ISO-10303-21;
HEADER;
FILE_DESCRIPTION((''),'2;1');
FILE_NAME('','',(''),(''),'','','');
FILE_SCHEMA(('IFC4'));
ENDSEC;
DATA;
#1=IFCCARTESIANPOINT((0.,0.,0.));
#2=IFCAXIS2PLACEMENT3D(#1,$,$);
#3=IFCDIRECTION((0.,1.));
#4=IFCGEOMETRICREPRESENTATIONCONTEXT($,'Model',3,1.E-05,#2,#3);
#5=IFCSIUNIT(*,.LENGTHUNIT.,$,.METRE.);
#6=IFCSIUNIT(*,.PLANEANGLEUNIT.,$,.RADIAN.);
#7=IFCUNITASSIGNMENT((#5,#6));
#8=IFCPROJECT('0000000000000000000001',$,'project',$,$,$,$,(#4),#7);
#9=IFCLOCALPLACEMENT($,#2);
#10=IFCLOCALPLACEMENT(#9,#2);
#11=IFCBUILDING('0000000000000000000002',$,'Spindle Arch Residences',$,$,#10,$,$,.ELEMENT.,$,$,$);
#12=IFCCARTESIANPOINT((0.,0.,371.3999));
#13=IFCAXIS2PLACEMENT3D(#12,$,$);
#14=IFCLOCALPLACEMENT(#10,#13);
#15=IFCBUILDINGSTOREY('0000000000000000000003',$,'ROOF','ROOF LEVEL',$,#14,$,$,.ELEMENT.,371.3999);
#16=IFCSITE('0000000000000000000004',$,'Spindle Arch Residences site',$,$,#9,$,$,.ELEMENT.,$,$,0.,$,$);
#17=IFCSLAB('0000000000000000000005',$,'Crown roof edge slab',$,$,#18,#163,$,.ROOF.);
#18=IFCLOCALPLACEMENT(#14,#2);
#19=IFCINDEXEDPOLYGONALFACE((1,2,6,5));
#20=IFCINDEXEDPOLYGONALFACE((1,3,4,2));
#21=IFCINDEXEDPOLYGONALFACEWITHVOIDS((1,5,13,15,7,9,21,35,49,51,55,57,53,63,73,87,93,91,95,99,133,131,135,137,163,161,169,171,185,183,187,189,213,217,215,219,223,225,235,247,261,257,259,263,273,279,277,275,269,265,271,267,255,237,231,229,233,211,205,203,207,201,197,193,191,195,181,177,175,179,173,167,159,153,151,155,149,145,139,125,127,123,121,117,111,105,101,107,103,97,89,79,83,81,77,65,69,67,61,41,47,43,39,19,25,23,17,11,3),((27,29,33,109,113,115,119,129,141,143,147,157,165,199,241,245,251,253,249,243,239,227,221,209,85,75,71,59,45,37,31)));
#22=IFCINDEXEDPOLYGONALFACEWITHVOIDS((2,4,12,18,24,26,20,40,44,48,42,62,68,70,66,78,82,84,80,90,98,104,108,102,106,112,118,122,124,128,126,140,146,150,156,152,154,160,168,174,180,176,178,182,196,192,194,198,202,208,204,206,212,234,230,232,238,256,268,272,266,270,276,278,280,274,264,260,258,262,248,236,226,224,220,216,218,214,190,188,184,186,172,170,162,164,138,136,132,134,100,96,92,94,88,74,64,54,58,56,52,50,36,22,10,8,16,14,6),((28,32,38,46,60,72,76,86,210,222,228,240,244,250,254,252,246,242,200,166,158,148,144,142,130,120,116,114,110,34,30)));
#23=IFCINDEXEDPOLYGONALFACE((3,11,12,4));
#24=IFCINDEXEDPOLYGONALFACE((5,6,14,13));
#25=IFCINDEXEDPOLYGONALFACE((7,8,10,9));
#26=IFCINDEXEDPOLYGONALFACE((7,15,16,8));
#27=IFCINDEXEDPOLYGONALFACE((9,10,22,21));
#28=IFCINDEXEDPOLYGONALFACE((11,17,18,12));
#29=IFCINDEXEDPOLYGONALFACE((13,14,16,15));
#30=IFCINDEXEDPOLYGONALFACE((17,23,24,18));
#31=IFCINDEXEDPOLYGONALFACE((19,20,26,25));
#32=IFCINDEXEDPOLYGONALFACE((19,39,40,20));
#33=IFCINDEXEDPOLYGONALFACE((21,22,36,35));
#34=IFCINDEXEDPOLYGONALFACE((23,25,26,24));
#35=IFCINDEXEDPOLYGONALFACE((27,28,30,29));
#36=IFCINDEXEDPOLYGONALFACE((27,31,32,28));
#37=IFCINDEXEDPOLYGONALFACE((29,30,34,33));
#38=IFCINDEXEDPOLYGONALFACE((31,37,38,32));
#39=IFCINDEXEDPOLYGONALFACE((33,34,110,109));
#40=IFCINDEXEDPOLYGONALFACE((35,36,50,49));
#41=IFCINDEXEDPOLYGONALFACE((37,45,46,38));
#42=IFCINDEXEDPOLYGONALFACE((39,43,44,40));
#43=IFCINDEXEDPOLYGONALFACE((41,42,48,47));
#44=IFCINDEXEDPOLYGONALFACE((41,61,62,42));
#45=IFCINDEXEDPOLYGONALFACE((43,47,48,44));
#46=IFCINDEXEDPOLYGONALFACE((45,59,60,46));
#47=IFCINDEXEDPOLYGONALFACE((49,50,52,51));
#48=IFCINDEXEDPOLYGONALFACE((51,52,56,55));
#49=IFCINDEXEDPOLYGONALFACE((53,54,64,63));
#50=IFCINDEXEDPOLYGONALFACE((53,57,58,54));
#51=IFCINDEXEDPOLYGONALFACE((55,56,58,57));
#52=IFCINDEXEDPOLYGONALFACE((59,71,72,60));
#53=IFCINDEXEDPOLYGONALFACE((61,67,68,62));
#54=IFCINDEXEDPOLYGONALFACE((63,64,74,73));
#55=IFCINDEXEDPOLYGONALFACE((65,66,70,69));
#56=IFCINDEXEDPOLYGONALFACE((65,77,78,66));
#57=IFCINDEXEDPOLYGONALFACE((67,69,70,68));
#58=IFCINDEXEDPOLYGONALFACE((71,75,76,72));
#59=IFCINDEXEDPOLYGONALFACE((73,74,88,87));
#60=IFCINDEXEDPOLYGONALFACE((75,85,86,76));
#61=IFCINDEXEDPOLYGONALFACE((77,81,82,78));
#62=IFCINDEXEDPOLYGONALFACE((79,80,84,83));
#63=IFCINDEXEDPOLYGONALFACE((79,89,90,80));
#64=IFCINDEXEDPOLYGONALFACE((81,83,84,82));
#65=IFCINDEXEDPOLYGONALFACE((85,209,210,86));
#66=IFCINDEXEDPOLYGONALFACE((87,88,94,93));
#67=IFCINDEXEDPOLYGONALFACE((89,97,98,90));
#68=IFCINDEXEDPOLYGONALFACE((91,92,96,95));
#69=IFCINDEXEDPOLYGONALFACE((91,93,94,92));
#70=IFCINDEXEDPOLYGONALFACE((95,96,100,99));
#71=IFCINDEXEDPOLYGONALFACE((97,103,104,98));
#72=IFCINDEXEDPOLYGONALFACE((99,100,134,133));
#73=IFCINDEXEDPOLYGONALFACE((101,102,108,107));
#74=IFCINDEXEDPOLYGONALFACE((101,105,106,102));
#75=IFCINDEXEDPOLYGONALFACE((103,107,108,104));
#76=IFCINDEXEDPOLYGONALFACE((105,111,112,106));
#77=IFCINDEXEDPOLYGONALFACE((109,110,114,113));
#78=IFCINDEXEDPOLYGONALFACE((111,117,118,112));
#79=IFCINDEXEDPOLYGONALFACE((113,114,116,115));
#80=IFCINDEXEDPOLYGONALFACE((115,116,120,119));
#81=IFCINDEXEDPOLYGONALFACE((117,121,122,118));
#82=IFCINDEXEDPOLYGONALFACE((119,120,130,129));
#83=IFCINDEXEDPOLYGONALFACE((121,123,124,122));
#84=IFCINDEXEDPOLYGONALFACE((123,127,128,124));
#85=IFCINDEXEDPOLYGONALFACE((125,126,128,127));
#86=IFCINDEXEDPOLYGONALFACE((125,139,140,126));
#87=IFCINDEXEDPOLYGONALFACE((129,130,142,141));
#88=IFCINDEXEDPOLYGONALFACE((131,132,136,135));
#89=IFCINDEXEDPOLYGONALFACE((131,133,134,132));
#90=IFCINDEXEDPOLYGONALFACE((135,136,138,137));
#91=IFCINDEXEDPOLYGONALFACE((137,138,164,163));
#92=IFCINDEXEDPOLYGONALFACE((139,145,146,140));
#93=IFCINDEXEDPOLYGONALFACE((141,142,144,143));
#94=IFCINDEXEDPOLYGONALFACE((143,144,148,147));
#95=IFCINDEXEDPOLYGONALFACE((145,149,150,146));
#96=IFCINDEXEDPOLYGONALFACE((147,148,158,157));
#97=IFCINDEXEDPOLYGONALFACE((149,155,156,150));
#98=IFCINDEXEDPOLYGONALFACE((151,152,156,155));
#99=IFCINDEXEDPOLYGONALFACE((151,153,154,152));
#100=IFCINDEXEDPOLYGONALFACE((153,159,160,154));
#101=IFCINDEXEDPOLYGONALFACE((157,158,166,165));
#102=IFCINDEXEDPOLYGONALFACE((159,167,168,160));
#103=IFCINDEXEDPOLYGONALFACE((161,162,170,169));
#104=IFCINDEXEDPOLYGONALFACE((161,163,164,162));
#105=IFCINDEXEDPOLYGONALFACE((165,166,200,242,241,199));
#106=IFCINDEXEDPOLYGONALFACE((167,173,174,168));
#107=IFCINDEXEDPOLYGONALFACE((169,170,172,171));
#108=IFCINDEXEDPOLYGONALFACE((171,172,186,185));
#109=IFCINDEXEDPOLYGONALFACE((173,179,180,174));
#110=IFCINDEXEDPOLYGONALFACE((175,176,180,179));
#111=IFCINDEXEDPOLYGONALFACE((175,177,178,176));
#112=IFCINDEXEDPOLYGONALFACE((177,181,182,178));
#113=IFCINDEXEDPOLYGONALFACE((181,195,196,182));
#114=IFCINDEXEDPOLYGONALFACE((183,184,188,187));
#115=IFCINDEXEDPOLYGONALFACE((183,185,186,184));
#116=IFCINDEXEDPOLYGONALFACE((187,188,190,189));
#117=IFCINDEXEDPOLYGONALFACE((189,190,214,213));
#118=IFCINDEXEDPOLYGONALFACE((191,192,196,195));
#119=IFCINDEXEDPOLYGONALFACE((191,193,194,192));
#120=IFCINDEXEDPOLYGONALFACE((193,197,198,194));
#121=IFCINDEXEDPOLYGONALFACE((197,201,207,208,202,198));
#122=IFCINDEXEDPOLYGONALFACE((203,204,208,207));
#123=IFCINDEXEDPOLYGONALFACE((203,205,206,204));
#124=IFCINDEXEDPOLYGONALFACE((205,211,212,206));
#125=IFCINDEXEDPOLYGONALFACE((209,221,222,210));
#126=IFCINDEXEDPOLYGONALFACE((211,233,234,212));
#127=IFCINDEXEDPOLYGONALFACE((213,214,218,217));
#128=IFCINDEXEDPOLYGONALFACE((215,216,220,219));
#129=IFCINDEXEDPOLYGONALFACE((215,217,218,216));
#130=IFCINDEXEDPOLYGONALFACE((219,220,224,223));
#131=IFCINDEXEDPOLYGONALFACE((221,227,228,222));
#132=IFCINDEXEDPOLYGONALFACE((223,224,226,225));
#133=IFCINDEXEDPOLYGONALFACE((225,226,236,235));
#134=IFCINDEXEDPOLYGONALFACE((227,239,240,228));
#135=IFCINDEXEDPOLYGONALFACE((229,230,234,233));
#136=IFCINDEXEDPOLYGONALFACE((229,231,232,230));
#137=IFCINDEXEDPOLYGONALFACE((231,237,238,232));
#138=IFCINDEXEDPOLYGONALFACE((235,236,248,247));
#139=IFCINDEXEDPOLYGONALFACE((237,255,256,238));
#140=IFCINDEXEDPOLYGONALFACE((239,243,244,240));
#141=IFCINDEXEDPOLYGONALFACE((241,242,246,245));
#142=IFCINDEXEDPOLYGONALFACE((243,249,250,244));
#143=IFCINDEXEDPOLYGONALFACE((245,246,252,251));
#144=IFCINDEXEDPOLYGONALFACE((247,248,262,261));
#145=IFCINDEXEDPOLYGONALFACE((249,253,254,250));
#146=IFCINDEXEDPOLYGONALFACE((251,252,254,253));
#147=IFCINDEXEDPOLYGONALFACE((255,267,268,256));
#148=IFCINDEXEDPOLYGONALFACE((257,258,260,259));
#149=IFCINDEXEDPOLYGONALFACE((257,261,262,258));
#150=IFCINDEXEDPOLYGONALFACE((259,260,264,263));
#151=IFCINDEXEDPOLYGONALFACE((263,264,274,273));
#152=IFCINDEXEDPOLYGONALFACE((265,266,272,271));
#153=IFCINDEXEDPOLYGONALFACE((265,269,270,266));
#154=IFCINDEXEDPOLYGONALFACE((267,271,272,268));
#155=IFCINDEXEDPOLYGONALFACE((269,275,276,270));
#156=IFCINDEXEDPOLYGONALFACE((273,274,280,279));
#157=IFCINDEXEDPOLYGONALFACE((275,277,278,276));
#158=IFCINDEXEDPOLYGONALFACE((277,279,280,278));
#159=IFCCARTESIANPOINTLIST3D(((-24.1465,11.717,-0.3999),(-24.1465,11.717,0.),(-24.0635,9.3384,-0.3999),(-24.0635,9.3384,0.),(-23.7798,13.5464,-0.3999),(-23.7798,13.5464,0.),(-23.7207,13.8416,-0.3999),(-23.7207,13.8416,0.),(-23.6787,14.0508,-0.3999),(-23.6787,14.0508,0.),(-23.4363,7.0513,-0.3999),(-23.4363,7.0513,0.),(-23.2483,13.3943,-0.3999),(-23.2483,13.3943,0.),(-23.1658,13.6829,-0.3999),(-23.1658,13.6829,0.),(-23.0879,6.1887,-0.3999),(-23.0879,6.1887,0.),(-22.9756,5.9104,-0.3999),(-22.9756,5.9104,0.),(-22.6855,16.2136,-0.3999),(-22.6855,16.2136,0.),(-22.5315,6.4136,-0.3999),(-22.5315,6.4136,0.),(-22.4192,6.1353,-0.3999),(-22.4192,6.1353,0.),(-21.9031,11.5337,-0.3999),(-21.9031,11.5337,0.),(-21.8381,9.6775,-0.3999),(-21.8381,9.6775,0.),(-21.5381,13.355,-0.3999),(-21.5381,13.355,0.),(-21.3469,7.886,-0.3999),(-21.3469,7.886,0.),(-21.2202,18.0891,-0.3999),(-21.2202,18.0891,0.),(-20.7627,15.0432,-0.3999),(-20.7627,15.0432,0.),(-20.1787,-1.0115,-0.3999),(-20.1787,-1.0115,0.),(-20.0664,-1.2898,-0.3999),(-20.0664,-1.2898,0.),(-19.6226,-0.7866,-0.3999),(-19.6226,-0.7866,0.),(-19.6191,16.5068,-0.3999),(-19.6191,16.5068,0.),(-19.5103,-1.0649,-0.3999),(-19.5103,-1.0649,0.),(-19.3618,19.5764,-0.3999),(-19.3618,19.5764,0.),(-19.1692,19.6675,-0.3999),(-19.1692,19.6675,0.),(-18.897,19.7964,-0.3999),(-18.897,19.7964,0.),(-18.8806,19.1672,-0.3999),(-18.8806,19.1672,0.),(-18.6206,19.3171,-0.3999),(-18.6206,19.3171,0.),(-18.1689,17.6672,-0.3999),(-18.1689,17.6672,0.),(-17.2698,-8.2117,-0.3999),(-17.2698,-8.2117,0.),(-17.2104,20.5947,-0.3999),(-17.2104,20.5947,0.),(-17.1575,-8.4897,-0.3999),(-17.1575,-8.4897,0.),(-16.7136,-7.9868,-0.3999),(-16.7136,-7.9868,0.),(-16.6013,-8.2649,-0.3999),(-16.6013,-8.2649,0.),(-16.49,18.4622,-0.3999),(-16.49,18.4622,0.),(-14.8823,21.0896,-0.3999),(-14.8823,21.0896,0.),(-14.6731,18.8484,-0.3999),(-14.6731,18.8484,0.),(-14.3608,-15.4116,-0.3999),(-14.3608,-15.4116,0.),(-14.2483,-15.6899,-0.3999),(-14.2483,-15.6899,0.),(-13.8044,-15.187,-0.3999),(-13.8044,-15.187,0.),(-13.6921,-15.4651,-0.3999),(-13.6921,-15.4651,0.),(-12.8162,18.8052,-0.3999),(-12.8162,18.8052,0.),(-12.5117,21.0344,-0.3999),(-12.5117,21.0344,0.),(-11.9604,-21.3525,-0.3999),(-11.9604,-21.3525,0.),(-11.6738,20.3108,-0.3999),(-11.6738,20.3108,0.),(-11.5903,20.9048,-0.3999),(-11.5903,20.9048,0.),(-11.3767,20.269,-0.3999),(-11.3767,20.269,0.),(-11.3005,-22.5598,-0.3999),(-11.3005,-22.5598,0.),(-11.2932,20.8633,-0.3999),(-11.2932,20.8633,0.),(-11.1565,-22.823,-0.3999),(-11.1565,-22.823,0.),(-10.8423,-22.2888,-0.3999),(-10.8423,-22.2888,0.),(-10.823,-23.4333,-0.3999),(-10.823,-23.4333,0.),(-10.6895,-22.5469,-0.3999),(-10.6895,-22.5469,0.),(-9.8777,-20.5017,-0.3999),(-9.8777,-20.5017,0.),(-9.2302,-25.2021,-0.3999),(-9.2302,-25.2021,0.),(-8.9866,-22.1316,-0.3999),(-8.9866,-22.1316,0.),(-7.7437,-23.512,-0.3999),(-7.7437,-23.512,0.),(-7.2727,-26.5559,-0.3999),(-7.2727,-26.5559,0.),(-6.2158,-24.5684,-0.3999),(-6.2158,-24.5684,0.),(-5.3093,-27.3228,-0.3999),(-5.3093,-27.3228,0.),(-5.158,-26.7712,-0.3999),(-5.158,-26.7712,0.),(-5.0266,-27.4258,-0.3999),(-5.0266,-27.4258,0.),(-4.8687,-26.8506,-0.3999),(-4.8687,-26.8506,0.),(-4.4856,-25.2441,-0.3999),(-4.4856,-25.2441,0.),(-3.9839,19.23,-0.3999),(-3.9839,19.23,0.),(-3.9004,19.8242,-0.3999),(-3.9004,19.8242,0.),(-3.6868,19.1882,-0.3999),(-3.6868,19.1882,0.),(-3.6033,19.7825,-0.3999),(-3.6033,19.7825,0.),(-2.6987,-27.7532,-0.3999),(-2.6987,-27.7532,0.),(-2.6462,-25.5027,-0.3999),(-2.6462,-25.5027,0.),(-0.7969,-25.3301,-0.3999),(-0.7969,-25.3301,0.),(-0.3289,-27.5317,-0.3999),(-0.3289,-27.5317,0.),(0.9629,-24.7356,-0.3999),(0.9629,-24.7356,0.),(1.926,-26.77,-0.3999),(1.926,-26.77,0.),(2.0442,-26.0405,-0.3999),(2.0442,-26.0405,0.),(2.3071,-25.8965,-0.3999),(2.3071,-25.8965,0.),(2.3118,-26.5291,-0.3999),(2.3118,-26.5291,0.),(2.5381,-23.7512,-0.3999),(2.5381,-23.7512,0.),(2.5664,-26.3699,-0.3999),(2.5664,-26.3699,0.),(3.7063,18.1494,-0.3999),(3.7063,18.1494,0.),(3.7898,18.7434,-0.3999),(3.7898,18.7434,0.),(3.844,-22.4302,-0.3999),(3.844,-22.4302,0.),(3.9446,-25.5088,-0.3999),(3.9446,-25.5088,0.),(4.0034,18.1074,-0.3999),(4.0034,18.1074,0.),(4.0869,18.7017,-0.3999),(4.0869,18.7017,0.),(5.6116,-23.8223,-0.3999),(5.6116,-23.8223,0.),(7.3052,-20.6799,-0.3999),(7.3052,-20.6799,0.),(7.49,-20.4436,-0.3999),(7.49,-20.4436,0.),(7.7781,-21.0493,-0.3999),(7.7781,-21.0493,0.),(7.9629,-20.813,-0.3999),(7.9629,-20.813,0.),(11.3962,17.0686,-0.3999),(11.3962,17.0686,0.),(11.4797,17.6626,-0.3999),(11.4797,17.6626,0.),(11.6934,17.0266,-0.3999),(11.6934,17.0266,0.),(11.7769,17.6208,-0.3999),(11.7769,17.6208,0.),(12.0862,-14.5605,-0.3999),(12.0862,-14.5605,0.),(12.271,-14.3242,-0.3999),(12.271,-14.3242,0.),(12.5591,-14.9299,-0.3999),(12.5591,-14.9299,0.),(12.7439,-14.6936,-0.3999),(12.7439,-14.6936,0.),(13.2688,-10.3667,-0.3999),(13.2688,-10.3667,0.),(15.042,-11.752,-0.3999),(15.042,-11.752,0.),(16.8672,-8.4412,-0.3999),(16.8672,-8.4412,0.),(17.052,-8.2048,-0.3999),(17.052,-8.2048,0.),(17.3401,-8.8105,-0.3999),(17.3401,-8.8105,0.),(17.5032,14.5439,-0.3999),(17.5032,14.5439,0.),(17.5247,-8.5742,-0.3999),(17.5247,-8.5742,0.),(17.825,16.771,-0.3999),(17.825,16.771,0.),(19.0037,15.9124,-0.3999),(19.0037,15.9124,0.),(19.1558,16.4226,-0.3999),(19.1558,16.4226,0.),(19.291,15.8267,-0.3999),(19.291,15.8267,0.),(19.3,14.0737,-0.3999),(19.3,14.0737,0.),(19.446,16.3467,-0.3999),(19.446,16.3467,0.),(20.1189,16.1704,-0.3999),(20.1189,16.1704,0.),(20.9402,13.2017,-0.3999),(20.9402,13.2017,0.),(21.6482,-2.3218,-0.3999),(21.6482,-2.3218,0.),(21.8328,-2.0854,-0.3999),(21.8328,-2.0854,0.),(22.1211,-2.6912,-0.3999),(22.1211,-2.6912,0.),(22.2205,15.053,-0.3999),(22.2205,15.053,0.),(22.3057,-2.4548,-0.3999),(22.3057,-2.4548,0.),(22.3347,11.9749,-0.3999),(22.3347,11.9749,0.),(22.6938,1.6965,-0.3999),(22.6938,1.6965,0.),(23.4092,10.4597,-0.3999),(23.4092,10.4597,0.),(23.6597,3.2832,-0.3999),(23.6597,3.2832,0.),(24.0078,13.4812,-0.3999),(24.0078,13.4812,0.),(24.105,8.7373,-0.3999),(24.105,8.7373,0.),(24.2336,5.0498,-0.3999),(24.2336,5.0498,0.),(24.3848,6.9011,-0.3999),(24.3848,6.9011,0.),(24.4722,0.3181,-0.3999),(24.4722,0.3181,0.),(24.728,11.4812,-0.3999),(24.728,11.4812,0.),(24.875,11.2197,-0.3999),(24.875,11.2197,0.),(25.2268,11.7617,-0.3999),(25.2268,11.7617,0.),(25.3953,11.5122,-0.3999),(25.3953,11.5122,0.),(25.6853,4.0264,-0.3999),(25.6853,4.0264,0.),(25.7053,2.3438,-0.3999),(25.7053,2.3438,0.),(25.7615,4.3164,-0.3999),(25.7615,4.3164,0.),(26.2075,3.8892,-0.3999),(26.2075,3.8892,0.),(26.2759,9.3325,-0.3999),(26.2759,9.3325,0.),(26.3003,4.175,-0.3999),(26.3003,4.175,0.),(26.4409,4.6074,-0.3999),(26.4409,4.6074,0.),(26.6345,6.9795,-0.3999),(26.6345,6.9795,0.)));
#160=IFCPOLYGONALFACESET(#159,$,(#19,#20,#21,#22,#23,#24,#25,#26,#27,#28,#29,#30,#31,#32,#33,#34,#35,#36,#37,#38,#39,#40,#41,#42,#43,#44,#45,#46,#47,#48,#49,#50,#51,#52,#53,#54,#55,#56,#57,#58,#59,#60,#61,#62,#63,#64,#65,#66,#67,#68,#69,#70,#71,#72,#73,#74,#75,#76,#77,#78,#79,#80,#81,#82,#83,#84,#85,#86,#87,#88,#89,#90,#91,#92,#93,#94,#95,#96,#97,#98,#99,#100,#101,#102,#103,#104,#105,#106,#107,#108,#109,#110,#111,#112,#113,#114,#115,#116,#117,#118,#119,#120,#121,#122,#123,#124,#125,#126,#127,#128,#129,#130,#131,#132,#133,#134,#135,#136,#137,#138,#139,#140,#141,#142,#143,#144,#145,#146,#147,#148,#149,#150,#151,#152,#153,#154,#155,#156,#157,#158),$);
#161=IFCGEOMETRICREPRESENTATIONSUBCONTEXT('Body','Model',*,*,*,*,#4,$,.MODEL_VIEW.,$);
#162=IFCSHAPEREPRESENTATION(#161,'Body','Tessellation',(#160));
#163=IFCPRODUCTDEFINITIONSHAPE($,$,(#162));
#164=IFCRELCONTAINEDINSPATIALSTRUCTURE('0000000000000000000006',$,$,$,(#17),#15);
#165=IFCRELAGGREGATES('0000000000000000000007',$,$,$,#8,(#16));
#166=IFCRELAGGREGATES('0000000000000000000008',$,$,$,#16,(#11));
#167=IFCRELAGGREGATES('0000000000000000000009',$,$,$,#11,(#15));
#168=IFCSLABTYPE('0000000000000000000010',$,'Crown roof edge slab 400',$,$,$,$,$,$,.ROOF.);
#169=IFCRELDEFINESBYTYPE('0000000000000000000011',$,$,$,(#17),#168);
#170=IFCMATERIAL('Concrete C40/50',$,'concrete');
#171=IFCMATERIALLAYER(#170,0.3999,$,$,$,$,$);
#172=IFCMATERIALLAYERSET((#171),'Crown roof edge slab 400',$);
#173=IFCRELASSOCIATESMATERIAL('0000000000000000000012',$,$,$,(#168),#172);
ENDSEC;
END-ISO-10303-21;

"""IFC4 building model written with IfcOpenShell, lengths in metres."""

from ifc_helpers import new_model, si_unit, direction, frame, origin, place, context, subcontext, project, spatial, polyline, outline, extrude, material, layer, layer_set, type_object, element, save


model = new_model("IFC4")

# Units and contexts
model_context = context("Model", 3, precision=1e-05, world=origin(), true_north=direction((0.0, 1.0)))
body_context = subcontext(model_context, "Body", "Model", "MODEL_VIEW")
ifc_project = project(units=[si_unit("LENGTHUNIT", "METRE"), si_unit("PLANEANGLEUNIT", "RADIAN")], contexts=[model_context])

# Site, building, storey
site_placement = place(None, origin())
site = spatial("IfcSite", under=ifc_project, at=site_placement, Name="Spindle Arch Residences site", CompositionType="ELEMENT", RefElevation=0.0)
building_placement = place(site_placement, origin())
building = spatial("IfcBuilding", under=site, at=building_placement, Name="Spindle Arch Residences", CompositionType="ELEMENT")
storey_placement = place(building_placement, frame((0.0, 0.0, 371.3999)))
storey = spatial("IfcBuildingStorey", under=building, at=storey_placement, Name="ROOF", Description="ROOF LEVEL", CompositionType="ELEMENT", Elevation=371.3999)

# Slab
ifc_material_1 = material(Name="Concrete C40/50", Category="concrete")
ifc_layer_1 = layer(ifc_material_1, 0.3999)
ifc_layer_set_1 = layer_set([ifc_layer_1], Name="Crown roof edge slab 400")
slab_type_1 = type_object("IfcSlabType", Name="Crown roof edge slab 400", PredefinedType="ROOF", material=ifc_layer_set_1)
slab_1_placement = place(storey_placement, frame((0.0, 0.0, -0.3999)))
element("IfcSlab", 1, at=slab_1_placement, inside=storey, type_object=slab_type_1, Name="Crown roof edge slab", PredefinedType="ROOF", context=body_context, shape_type="SweptSolid", body=[
    extrude(outline(polyline([(3.9446, -25.5088), (2.5664, -26.3699), (2.3071, -25.8965), (2.0442, -26.0405), (2.3118, -26.5291), (1.926, -26.77), (-0.3289, -27.5317), (-2.6987, -27.7532), (-5.0266, -27.4258), (-4.8687, -26.8506), (-5.158, -26.7712), (-5.3093, -27.3228), (-7.2727, -26.5559), (-9.2302, -25.2021), (-10.823, -23.4333), (-11.1565, -22.823), (-10.6895, -22.5469), (-10.8423, -22.2888), (-11.3005, -22.5598), (-11.9604, -21.3525), (-14.2483, -15.6899), (-13.6921, -15.4651), (-13.8044, -15.187), (-14.3608, -15.4116), (-17.1575, -8.4897), (-16.6013, -8.2649), (-16.7136, -7.9868), (-17.2698, -8.2117), (-20.0664, -1.2898), (-19.5103, -1.0649), (-19.6226, -0.7866), (-20.1787, -1.0115), (-22.9756, 5.9104), (-22.4192, 6.1353), (-22.5315, 6.4136), (-23.0879, 6.1887), (-23.4363, 7.0513), (-24.0635, 9.3384), (-24.1465, 11.717), (-23.7798, 13.5464), (-23.2483, 13.3943), (-23.1658, 13.6829), (-23.7207, 13.8416), (-23.6787, 14.0508), (-22.6855, 16.2136), (-21.2202, 18.0891), (-19.3618, 19.5764), (-19.1692, 19.6675), (-18.8806, 19.1672), (-18.6206, 19.3171), (-18.897, 19.7964), (-17.2104, 20.5947), (-14.8823, 21.0896), (-12.5117, 21.0344), (-11.5903, 20.9048), (-11.6738, 20.3108), (-11.3767, 20.269), (-11.2932, 20.8633), (-3.9004, 19.8242), (-3.9839, 19.23), (-3.6868, 19.1882), (-3.6033, 19.7825), (3.7898, 18.7434), (3.7063, 18.1494), (4.0034, 18.1074), (4.0869, 18.7017), (11.4797, 17.6626), (11.3962, 17.0686), (11.6934, 17.0266), (11.7769, 17.6208), (17.825, 16.771), (19.1558, 16.4226), (19.0037, 15.9124), (19.291, 15.8267), (19.446, 16.3467), (20.1189, 16.1704), (22.2205, 15.053), (24.0078, 13.4812), (25.2268, 11.7617), (24.728, 11.4812), (24.875, 11.2197), (25.3953, 11.5122), (26.2759, 9.3325), (26.6345, 6.9795), (26.4409, 4.6074), (26.3003, 4.175), (25.7615, 4.3164), (25.6853, 4.0264), (26.2075, 3.8892), (25.7053, 2.3438), (24.4722, 0.3181), (22.3057, -2.4548), (21.8328, -2.0854), (21.6482, -2.3218), (22.1211, -2.6912), (17.5247, -8.5742), (17.052, -8.2048), (16.8672, -8.4412), (17.3401, -8.8105), (15.042, -11.752), (12.7439, -14.6936), (12.271, -14.3242), (12.0862, -14.5605), (12.5591, -14.9299), (7.9629, -20.813), (7.49, -20.4436), (7.3052, -20.6799), (7.7781, -21.0493), (5.6116, -23.8223), (3.9446, -25.5088)]), holes=[polyline([(23.6597, 3.2832), (24.2336, 5.0498), (24.3848, 6.9011), (24.105, 8.7373), (23.4092, 10.4597), (22.3347, 11.9749), (20.9402, 13.2017), (19.3, 14.0737), (17.5032, 14.5439), (-12.8162, 18.8052), (-14.6731, 18.8484), (-16.49, 18.4622), (-18.1689, 17.6672), (-19.6191, 16.5068), (-20.7627, 15.0432), (-21.5381, 13.355), (-21.9031, 11.5337), (-21.8381, 9.6775), (-21.3469, 7.886), (-9.8777, -20.5017), (-8.9866, -22.1316), (-7.7437, -23.512), (-6.2158, -24.5684), (-4.4856, -25.2441), (-2.6462, -25.5027), (-0.7969, -25.3301), (0.9629, -24.7356), (2.5381, -23.7512), (3.844, -22.4302), (13.2688, -10.3667), (22.6938, 1.6965), (23.6597, 3.2832)])]), origin(), (0.0, 0.0, 1.0), 0.3999),
])

save(model, "model.ifc")
